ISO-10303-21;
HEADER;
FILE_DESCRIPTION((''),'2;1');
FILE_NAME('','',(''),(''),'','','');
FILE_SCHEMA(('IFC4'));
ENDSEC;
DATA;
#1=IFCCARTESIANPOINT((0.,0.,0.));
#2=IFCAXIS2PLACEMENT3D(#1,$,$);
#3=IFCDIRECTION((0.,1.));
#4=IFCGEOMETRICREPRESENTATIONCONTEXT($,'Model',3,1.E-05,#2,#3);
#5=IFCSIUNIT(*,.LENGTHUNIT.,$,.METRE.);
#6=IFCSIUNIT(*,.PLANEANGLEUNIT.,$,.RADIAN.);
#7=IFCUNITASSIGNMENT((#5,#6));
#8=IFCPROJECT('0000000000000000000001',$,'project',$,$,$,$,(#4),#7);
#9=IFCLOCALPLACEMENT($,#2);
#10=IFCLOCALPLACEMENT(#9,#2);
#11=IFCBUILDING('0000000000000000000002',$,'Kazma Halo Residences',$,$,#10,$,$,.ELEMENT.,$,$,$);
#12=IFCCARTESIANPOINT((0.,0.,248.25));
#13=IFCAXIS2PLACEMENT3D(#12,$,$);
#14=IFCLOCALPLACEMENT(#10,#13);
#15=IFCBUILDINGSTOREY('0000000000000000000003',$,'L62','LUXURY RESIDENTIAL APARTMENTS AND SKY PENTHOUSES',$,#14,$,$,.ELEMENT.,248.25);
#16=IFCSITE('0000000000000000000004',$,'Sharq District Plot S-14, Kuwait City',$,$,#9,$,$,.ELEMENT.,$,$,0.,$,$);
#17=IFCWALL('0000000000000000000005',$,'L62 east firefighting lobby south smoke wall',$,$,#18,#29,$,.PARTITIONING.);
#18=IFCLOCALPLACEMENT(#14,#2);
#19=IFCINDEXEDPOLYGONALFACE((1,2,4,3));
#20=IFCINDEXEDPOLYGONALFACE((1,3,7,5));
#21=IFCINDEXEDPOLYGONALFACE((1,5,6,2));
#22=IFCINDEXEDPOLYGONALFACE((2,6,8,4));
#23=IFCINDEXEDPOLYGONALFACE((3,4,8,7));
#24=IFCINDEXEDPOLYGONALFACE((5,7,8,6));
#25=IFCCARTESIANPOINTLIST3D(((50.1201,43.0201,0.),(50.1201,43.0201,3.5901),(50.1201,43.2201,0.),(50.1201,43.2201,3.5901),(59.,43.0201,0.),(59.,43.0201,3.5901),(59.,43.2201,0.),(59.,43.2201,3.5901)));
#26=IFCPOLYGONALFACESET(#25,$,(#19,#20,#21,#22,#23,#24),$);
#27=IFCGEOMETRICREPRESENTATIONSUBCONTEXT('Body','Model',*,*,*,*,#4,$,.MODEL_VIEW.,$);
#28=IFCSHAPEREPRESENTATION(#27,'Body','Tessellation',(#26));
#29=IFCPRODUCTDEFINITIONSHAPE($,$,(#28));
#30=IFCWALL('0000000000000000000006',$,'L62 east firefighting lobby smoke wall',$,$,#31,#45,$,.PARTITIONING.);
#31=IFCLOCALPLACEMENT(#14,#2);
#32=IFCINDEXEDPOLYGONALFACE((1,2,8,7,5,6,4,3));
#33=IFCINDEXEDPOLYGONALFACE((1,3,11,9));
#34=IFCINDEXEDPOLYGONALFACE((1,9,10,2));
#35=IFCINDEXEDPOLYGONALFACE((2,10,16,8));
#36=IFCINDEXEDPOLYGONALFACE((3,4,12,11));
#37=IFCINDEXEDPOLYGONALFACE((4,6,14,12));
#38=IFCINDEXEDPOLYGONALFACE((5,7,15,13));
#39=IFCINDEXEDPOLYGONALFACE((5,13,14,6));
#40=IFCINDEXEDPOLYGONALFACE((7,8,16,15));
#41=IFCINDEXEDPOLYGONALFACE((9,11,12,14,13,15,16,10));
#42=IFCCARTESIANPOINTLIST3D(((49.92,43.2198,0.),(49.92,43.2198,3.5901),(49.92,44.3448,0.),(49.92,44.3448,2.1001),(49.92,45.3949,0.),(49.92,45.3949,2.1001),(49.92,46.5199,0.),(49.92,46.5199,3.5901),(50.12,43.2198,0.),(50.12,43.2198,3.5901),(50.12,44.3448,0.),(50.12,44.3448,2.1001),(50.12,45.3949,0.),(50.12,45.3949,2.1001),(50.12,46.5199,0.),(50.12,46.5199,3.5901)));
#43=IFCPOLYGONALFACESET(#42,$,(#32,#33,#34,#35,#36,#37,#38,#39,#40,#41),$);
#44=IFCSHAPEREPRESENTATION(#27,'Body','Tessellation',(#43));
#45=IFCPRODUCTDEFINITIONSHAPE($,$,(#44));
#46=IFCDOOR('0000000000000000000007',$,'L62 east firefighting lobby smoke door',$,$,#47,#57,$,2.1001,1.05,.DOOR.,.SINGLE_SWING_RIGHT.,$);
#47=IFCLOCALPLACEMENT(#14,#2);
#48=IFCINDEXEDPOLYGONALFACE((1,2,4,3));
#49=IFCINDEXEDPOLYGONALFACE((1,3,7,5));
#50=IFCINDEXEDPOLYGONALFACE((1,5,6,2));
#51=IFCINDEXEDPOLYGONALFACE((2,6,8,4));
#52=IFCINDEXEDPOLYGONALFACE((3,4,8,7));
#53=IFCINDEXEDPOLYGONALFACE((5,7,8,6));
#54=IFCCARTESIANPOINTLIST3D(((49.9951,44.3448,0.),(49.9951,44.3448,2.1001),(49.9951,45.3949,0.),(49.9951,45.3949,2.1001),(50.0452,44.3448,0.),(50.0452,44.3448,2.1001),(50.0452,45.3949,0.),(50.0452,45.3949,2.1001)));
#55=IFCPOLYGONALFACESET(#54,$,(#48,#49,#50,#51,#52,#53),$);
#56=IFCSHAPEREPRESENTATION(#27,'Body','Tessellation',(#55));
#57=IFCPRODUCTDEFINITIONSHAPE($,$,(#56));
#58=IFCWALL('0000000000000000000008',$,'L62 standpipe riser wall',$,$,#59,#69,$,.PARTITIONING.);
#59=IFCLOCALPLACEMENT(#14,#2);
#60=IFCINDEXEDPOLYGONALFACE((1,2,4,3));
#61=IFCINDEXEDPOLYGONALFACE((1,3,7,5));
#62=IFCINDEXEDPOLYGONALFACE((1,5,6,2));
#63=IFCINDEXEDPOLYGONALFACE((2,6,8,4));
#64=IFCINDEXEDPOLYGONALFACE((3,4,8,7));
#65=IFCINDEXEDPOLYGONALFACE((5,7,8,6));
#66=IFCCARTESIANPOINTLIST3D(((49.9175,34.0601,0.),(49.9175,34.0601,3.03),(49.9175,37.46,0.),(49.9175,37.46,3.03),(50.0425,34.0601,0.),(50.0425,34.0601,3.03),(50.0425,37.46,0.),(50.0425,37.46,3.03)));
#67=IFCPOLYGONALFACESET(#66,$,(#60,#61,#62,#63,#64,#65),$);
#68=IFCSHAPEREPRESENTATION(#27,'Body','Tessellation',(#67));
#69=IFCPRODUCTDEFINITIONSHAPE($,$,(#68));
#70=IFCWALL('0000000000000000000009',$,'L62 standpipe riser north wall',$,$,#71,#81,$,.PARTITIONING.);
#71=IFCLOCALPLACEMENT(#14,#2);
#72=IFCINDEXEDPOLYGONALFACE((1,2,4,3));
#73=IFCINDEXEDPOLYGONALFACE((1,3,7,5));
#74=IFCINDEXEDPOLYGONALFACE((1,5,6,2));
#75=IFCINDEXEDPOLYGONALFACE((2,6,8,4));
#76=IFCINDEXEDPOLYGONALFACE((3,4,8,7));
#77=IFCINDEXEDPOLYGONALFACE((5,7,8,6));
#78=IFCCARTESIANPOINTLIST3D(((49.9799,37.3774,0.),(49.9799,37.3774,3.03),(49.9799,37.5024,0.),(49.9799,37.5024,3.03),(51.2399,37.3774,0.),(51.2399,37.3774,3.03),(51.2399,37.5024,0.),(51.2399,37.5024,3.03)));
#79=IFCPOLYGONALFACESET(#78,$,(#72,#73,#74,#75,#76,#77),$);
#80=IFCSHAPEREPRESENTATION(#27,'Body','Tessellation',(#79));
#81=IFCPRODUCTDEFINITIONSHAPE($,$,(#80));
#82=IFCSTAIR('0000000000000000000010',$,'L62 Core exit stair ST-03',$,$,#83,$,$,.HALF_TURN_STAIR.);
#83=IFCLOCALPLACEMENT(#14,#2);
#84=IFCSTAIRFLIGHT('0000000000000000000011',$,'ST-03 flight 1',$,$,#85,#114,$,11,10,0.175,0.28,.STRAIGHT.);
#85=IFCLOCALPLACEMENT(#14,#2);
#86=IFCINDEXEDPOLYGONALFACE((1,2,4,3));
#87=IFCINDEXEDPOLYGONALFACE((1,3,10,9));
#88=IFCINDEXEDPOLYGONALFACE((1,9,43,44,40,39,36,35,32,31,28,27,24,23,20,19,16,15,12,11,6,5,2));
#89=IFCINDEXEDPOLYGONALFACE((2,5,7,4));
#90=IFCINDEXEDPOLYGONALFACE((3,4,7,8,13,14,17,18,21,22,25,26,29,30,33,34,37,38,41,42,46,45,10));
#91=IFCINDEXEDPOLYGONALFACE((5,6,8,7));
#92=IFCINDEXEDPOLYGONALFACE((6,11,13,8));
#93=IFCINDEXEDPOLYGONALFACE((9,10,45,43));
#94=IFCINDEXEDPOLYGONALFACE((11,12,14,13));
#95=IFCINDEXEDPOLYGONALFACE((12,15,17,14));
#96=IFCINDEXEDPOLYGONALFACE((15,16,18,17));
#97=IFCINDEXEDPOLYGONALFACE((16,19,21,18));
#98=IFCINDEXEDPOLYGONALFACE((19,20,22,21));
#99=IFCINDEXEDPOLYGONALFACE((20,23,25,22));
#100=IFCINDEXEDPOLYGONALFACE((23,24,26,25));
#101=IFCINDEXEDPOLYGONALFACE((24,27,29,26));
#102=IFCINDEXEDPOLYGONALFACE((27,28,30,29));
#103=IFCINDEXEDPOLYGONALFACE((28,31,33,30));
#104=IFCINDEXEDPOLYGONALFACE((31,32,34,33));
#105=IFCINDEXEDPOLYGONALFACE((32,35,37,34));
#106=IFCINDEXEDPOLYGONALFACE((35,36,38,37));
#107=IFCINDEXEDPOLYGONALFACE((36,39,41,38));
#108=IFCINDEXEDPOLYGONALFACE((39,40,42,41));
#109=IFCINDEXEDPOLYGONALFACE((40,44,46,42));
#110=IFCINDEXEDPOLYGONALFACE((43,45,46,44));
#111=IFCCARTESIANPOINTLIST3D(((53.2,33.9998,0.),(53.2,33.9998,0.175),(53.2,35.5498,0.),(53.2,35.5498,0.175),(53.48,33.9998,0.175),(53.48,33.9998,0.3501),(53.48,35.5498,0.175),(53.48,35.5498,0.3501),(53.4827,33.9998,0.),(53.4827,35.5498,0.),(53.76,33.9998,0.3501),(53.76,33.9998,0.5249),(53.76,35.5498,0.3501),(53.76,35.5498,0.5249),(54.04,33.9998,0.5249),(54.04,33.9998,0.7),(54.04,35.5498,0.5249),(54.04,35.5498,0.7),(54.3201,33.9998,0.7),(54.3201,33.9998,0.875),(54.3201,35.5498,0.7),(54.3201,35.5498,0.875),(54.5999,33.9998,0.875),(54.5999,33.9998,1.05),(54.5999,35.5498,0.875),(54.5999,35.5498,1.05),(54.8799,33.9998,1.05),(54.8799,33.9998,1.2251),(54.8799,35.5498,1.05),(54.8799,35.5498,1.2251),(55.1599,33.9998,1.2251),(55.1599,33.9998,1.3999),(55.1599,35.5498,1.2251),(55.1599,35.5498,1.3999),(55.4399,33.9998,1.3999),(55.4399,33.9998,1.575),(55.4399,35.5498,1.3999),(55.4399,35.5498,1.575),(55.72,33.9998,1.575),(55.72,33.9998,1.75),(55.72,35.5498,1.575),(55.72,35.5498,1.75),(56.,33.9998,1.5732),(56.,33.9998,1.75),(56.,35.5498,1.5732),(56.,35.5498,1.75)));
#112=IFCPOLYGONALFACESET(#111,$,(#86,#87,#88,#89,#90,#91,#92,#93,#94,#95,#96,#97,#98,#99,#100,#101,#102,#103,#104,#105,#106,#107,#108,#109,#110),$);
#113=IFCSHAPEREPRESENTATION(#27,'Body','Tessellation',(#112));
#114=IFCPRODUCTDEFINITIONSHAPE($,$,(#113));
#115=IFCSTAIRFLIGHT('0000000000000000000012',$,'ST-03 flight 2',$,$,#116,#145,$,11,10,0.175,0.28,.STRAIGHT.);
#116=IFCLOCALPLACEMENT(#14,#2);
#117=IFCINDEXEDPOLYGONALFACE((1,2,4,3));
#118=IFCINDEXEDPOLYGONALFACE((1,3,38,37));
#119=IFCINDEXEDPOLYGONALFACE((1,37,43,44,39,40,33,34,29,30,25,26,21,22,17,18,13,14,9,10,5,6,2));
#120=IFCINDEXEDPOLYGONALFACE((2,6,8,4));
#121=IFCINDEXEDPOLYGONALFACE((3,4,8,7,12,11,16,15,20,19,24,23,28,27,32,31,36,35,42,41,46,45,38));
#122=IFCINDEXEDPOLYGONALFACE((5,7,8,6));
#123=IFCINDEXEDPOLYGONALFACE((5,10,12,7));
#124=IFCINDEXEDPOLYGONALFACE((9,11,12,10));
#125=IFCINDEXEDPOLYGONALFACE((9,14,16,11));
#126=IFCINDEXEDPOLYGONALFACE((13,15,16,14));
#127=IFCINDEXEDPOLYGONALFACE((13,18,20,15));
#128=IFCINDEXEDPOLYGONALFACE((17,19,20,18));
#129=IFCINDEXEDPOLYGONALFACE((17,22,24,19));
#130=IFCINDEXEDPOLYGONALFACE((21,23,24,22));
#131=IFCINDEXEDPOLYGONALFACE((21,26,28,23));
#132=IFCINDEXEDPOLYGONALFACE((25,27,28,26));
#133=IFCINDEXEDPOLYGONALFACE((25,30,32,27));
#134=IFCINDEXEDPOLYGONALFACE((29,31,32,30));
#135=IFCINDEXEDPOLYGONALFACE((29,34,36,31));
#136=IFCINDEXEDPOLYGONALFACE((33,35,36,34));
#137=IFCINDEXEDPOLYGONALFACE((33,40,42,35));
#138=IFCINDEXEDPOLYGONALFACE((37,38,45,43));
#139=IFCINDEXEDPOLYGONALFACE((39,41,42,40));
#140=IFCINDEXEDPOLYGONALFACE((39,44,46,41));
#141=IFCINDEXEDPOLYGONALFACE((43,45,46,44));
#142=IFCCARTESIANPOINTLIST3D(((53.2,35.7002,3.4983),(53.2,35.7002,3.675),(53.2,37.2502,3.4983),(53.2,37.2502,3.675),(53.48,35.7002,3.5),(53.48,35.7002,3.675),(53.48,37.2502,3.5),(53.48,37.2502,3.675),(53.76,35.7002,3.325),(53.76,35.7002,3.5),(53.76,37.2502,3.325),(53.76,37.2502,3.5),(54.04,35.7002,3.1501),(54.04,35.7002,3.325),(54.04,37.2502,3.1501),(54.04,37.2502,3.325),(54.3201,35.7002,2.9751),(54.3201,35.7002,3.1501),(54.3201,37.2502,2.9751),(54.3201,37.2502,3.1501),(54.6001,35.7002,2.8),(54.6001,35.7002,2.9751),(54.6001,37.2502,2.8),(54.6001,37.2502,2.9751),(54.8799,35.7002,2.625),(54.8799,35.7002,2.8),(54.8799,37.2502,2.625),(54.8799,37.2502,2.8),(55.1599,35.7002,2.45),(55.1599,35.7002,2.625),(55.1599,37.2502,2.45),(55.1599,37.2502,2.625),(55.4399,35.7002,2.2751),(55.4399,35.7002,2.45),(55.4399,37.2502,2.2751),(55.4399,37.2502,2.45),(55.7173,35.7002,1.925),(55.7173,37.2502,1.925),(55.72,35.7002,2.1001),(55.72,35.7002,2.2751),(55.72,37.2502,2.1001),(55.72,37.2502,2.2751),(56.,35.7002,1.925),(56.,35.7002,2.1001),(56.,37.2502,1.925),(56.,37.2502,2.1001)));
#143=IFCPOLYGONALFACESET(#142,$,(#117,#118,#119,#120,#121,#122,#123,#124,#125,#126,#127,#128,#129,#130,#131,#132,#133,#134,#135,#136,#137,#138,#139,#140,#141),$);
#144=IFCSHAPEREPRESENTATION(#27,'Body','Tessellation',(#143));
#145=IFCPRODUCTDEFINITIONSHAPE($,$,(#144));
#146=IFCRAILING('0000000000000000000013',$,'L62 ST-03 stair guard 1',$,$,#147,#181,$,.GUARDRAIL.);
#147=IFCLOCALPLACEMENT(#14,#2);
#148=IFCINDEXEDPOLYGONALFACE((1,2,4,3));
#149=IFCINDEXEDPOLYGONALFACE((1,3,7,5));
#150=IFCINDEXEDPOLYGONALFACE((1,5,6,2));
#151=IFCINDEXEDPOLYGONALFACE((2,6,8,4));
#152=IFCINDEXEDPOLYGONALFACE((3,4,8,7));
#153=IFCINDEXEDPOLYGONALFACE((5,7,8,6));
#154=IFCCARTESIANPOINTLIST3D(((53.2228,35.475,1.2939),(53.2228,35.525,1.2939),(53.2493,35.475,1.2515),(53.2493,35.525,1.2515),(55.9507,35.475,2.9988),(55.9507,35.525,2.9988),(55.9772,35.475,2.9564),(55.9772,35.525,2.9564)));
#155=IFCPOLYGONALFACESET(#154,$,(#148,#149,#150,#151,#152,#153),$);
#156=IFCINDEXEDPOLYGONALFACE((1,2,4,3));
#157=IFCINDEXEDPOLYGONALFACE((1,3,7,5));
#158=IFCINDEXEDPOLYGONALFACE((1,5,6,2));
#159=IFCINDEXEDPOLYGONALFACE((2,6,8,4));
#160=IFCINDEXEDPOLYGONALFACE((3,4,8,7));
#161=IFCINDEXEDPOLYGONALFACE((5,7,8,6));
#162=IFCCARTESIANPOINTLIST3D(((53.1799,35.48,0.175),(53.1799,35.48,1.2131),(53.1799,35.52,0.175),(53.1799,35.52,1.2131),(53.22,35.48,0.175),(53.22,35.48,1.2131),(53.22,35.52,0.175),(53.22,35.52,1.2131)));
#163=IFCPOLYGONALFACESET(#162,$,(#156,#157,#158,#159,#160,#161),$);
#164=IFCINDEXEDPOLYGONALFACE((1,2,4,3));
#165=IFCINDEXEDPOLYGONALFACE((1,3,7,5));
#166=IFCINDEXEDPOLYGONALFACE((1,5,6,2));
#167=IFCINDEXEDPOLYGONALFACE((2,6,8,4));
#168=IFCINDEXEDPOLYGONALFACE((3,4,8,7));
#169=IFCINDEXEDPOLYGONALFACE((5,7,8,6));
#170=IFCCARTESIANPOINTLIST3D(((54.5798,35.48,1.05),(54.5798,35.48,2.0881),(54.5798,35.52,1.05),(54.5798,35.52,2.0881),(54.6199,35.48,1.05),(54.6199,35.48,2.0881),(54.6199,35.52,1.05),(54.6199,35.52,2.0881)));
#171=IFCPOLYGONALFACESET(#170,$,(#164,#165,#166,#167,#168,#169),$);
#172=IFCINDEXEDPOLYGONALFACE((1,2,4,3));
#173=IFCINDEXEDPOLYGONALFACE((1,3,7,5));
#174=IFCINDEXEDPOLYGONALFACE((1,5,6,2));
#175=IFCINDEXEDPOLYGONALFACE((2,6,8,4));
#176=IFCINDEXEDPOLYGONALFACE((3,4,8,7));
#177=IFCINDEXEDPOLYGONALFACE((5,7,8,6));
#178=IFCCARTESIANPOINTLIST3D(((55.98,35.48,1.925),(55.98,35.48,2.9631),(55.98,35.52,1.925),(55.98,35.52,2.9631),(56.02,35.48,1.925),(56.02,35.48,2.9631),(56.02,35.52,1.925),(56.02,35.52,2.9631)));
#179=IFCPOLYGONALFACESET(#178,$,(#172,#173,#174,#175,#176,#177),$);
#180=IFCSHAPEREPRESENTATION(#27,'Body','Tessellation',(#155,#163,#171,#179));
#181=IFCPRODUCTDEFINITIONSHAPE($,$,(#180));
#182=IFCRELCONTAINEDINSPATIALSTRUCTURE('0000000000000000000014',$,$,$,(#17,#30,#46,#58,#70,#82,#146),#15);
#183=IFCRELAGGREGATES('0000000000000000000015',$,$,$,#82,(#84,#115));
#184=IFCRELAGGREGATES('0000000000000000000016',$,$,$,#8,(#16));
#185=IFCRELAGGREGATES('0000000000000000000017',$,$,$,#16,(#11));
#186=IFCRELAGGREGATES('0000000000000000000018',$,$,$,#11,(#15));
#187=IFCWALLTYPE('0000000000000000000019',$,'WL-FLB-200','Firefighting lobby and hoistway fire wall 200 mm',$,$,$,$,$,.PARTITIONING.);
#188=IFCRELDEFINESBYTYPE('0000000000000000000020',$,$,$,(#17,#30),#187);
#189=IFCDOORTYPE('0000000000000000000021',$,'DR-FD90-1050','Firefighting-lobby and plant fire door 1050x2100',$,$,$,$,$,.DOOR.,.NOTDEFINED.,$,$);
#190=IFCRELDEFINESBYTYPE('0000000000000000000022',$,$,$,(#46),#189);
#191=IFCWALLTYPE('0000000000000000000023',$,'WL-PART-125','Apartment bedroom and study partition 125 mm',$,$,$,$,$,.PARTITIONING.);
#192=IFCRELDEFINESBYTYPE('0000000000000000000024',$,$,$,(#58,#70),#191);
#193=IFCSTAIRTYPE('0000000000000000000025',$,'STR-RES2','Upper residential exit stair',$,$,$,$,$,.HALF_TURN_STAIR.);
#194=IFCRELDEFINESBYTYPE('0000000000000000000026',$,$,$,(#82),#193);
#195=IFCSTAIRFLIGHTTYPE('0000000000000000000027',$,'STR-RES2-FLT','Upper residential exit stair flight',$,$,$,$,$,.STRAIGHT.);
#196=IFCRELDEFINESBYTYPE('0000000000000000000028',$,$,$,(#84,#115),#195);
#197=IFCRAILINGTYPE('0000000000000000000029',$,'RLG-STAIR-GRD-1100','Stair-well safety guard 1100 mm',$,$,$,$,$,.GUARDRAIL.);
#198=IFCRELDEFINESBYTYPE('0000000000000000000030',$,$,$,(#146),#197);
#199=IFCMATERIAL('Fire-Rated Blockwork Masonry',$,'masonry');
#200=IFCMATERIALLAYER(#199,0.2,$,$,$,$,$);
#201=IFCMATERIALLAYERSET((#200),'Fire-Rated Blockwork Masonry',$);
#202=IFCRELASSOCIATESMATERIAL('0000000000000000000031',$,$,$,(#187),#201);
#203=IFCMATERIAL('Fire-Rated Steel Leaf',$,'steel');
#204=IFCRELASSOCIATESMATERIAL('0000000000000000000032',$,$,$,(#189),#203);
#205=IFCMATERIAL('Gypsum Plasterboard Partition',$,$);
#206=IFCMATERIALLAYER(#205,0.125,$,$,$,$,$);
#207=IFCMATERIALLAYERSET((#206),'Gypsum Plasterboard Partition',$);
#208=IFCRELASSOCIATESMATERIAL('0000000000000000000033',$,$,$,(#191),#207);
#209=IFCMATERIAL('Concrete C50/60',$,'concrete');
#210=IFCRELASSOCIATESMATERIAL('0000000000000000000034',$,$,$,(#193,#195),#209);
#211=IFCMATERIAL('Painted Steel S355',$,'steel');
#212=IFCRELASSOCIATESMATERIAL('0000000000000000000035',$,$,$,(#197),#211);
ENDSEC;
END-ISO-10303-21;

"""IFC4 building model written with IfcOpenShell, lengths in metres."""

from ifc_helpers import new_model, si_unit, direction, frame, frame_2d, origin, origin_2d, place, context, subcontext, project, spatial, polyline, rectangle, outline, extrude, material, layer, layer_set, type_object, element, fill, aggregate, save


model = new_model("IFC4")

# Units and contexts
model_context = context("Model", 3, precision=1e-05, world=origin(), true_north=direction((0.0, 1.0)))
body_context = subcontext(model_context, "Body", "Model", "MODEL_VIEW")
ifc_project = project(units=[si_unit("LENGTHUNIT", "METRE"), si_unit("PLANEANGLEUNIT", "RADIAN")], contexts=[model_context])

# Site, building, storey
site_placement = place(None, origin())
site = spatial("IfcSite", under=ifc_project, at=site_placement, Name="Sharq District Plot S-14, Kuwait City", CompositionType="ELEMENT", RefElevation=0.0)
building_placement = place(site_placement, origin())
building = spatial("IfcBuilding", under=site, at=building_placement, Name="Kazma Halo Residences", CompositionType="ELEMENT")
storey_placement = place(building_placement, frame((0.0, 0.0, 248.25)))
storey = spatial("IfcBuildingStorey", under=building, at=storey_placement, Name="L62", Description="LUXURY RESIDENTIAL APARTMENTS AND SKY PENTHOUSES", CompositionType="ELEMENT", Elevation=248.25)

# Shared definitions
ifc_material_1 = material(Name="Fire-Rated Blockwork Masonry", Category="masonry")
ifc_layer_1 = layer(ifc_material_1, 0.2)
ifc_layer_set_1 = layer_set([ifc_layer_1], Name="Fire-Rated Blockwork Masonry")
wall_type_1 = type_object("IfcWallType", Name="WL-FLB-200", Description="Firefighting lobby and hoistway fire wall 200 mm", PredefinedType="PARTITIONING", material=ifc_layer_set_1)

# Wall
wall_1_placement = place(storey_placement, frame((50.1201, 43.1201, 0.0), z_axis=(0.0, 0.0, 1.0), x_axis=(1.0, 0.0, 0.0)))
element("IfcWall", 1, at=wall_1_placement, inside=storey, type_object=wall_type_1, Name="L62 east firefighting lobby south smoke wall", PredefinedType="PARTITIONING", context=body_context, shape_type="SweptSolid", body=[
    extrude(rectangle(XDim=8.8799, YDim=0.2, at=frame_2d((4.4399, 0.0))), origin(), (0.0, 0.0, 1.0), 3.5901),
])

# Wall, opening, door
wall_2_placement = place(storey_placement, frame((50.02, 43.22, 0.0), z_axis=(0.0, 0.0, 1.0), x_axis=(0.0, 1.0, 0.0)))
wall_2 = element("IfcWall", 2, at=wall_2_placement, inside=storey, type_object=wall_type_1, Name="L62 east firefighting lobby smoke wall", PredefinedType="PARTITIONING", context=body_context, shape_type="SweptSolid", body=[
    extrude(rectangle(XDim=3.3, YDim=0.2, at=frame_2d((1.6499, 0.0))), origin(), (0.0, 0.0, 1.0), 3.5901),
])
opening_1_placement = place(wall_2_placement, frame((1.125, 0.0, 0.0)))
opening_1 = element("IfcOpeningElement", 3, at=opening_1_placement, cuts=wall_2, PredefinedType="OPENING", context=body_context, shape_type="SweptSolid", body=[
    extrude(rectangle(XDim=1.05, YDim=2.1001, at=frame_2d((0.5249, 1.05))), frame((0.0, 0.1099, 0.0), z_axis=(0.0, -1.0, 0.0), x_axis=(1.0, 0.0, 0.0)), (0.0, 0.0, 1.0), 0.22),
])
ifc_material_2 = material(Name="Fire-Rated Steel Leaf", Category="steel")
door_type_1 = type_object("IfcDoorType", Name="DR-FD90-1050", Description="Firefighting-lobby and plant fire door 1050x2100", OperationType="NOTDEFINED", PredefinedType="DOOR", material=ifc_material_2)
door_1_placement = place(opening_1_placement, origin())
door_1 = element("IfcDoor", 4, at=door_1_placement, inside=storey, type_object=door_type_1, Name="L62 east firefighting lobby smoke door", OperationType="SINGLE_SWING_RIGHT", OverallHeight=2.1001, OverallWidth=1.05, PredefinedType="DOOR", context=body_context, shape_type="SweptSolid", body=[
    extrude(rectangle(XDim=1.05, YDim=2.1001, at=frame_2d((0.5249, 1.05))), frame((0.0, 0.0249, 0.0), z_axis=(0.0, -1.0, 0.0), x_axis=(1.0, 0.0, 0.0)), (0.0, 0.0, 1.0), 0.05),
])
fill(opening_1, door_1)

# Walls
ifc_material_3 = material(Name="Gypsum Plasterboard Partition")
ifc_layer_2 = layer(ifc_material_3, 0.125)
ifc_layer_set_2 = layer_set([ifc_layer_2], Name="Gypsum Plasterboard Partition")
wall_type_2 = type_object("IfcWallType", Name="WL-PART-125", Description="Apartment bedroom and study partition 125 mm", PredefinedType="PARTITIONING", material=ifc_layer_set_2)
wall_3_placement = place(storey_placement, frame((49.98, 34.0601, 0.0), z_axis=(0.0, 0.0, 1.0), x_axis=(0.0, 1.0, 0.0)))
element("IfcWall", 5, at=wall_3_placement, inside=storey, type_object=wall_type_2, Name="L62 standpipe riser wall", PredefinedType="PARTITIONING", context=body_context, shape_type="SweptSolid", body=[
    extrude(rectangle(XDim=3.3999, YDim=0.125, at=frame_2d((1.7, 0.0))), origin(), (0.0, 0.0, 1.0), 3.03),
])
wall_4_placement = place(storey_placement, frame((49.98, 37.4399, 0.0), z_axis=(0.0, 0.0, 1.0), x_axis=(1.0, 0.0, 0.0)))
element("IfcWall", 6, at=wall_4_placement, inside=storey, type_object=wall_type_2, Name="L62 standpipe riser north wall", PredefinedType="PARTITIONING", context=body_context, shape_type="SweptSolid", body=[
    extrude(rectangle(XDim=1.26, YDim=0.125, at=frame_2d((0.6299, 0.0))), origin(), (0.0, 0.0, 1.0), 3.03),
])

# Shared definitions
ifc_material_4 = material(Name="Concrete C50/60", Category="concrete")

# Stair, stair flights
stair_type = type_object("IfcStairType", Name="STR-RES2", Description="Upper residential exit stair", PredefinedType="HALF_TURN_STAIR", material=ifc_material_4)
stair_placement = place(storey_placement, origin())
stair = element("IfcStair", 7, at=stair_placement, inside=storey, type_object=stair_type, Name="L62 Core exit stair ST-03", PredefinedType="HALF_TURN_STAIR")
stair_flight_type = type_object("IfcStairFlightType", Name="STR-RES2-FLT", Description="Upper residential exit stair flight", PredefinedType="STRAIGHT", material=ifc_material_4)
stair_flight_1_placement = place(storey_placement, frame((53.2, 34.7749, 0.0), z_axis=(0.0, 0.0, 1.0), x_axis=(1.0, 0.0, 0.0)))
stair_flight_1 = element("IfcStairFlight", 8, at=stair_flight_1_placement, type_object=stair_flight_type, Name="ST-03 flight 1", NumberOfRisers=11, NumberOfTreads=10, PredefinedType="STRAIGHT", RiserHeight=0.175, TreadLength=0.28, context=body_context, shape_type="SweptSolid", body=[
    extrude(outline(polyline([(0.0, 0.0), (0.0, 0.175), (0.28, 0.175), (0.28, 0.3501), (0.5601, 0.3501), (0.5601, 0.5249), (0.8401, 0.5249), (0.8401, 0.7), (1.1201, 0.7), (1.1201, 0.875), (1.3999, 0.875), (1.3999, 1.05), (1.6799, 1.05), (1.6799, 1.2251), (1.96, 1.2251), (1.96, 1.3999), (2.24, 1.3999), (2.24, 1.575), (2.52, 1.575), (2.52, 1.75), (2.8, 1.75), (2.8, 1.925), (2.8, 1.5732), (0.2827, 0.0), (0.0, 0.0)])), frame((0.0, 0.7749, 0.0), z_axis=(0.0, -1.0, 0.0), x_axis=(1.0, 0.0, 0.0)), (0.0, 0.0, 1.0), 1.55),
])
stair_flight_2_placement = place(storey_placement, frame((56.0, 36.4751, 1.925), z_axis=(0.0, 0.0, 1.0), x_axis=(-1.0, 0.0, 0.0)))
stair_flight_2 = element("IfcStairFlight", 9, at=stair_flight_2_placement, type_object=stair_flight_type, Name="ST-03 flight 2", NumberOfRisers=11, NumberOfTreads=10, PredefinedType="STRAIGHT", RiserHeight=0.175, TreadLength=0.28, context=body_context, shape_type="SweptSolid", body=[
    extrude(outline(polyline([(0.0, 0.0), (0.0, 0.175), (0.28, 0.175), (0.28, 0.3501), (0.5601, 0.3501), (0.5601, 0.5249), (0.8401, 0.5249), (0.8401, 0.7), (1.1201, 0.7), (1.1201, 0.875), (1.3999, 0.875), (1.3999, 1.05), (1.6799, 1.05), (1.6799, 1.2251), (1.96, 1.2251), (1.96, 1.3999), (2.24, 1.3999), (2.24, 1.575), (2.52, 1.575), (2.52, 1.75), (2.8, 1.75), (2.8, 1.925), (2.8, 1.5732), (0.2827, 0.0), (0.0, 0.0)])), frame((0.0, 0.7749, 0.0), z_axis=(0.0, -1.0, 0.0), x_axis=(1.0, 0.0, 0.0)), (0.0, 0.0, 1.0), 1.55),
])
aggregate(stair, [stair_flight_1, stair_flight_2])

# Railing
ifc_material_5 = material(Name="Painted Steel S355", Category="steel")
railing_type_1 = type_object("IfcRailingType", Name="RLG-STAIR-GRD-1100", Description="Stair-well safety guard 1100 mm", PredefinedType="GUARDRAIL", material=ifc_material_5)
railing_1_placement = place(storey_placement, frame((53.2, 35.5, 0.175)))
element("IfcRailing", 10, at=railing_1_placement, inside=storey, type_object=railing_type_1, Name="L62 ST-03 stair guard 1", PredefinedType="GUARDRAIL", context=body_context, shape_type="SweptSolid", body=[
    extrude(rectangle(XDim=0.05, YDim=0.05, at=origin_2d()), frame((0.0361, 0.0, 1.0977), z_axis=(0.848002, 0.0, 0.529992), x_axis=(0.0, 1.0, 0.0)), (0.0, 0.0, 1.0), 3.2168),
    extrude(rectangle(XDim=0.04, YDim=0.04, at=origin_2d()), origin(), (0.0, 0.0, 1.0), 1.0381),
    extrude(rectangle(XDim=0.04, YDim=0.04, at=origin_2d()), frame((1.3999, 0.0, 0.875)), (0.0, 0.0, 1.0), 1.0381),
    extrude(rectangle(XDim=0.04, YDim=0.04, at=origin_2d()), frame((2.8, 0.0, 1.75)), (0.0, 0.0, 1.0), 1.0381),
])

save(model, "model.ifc")
